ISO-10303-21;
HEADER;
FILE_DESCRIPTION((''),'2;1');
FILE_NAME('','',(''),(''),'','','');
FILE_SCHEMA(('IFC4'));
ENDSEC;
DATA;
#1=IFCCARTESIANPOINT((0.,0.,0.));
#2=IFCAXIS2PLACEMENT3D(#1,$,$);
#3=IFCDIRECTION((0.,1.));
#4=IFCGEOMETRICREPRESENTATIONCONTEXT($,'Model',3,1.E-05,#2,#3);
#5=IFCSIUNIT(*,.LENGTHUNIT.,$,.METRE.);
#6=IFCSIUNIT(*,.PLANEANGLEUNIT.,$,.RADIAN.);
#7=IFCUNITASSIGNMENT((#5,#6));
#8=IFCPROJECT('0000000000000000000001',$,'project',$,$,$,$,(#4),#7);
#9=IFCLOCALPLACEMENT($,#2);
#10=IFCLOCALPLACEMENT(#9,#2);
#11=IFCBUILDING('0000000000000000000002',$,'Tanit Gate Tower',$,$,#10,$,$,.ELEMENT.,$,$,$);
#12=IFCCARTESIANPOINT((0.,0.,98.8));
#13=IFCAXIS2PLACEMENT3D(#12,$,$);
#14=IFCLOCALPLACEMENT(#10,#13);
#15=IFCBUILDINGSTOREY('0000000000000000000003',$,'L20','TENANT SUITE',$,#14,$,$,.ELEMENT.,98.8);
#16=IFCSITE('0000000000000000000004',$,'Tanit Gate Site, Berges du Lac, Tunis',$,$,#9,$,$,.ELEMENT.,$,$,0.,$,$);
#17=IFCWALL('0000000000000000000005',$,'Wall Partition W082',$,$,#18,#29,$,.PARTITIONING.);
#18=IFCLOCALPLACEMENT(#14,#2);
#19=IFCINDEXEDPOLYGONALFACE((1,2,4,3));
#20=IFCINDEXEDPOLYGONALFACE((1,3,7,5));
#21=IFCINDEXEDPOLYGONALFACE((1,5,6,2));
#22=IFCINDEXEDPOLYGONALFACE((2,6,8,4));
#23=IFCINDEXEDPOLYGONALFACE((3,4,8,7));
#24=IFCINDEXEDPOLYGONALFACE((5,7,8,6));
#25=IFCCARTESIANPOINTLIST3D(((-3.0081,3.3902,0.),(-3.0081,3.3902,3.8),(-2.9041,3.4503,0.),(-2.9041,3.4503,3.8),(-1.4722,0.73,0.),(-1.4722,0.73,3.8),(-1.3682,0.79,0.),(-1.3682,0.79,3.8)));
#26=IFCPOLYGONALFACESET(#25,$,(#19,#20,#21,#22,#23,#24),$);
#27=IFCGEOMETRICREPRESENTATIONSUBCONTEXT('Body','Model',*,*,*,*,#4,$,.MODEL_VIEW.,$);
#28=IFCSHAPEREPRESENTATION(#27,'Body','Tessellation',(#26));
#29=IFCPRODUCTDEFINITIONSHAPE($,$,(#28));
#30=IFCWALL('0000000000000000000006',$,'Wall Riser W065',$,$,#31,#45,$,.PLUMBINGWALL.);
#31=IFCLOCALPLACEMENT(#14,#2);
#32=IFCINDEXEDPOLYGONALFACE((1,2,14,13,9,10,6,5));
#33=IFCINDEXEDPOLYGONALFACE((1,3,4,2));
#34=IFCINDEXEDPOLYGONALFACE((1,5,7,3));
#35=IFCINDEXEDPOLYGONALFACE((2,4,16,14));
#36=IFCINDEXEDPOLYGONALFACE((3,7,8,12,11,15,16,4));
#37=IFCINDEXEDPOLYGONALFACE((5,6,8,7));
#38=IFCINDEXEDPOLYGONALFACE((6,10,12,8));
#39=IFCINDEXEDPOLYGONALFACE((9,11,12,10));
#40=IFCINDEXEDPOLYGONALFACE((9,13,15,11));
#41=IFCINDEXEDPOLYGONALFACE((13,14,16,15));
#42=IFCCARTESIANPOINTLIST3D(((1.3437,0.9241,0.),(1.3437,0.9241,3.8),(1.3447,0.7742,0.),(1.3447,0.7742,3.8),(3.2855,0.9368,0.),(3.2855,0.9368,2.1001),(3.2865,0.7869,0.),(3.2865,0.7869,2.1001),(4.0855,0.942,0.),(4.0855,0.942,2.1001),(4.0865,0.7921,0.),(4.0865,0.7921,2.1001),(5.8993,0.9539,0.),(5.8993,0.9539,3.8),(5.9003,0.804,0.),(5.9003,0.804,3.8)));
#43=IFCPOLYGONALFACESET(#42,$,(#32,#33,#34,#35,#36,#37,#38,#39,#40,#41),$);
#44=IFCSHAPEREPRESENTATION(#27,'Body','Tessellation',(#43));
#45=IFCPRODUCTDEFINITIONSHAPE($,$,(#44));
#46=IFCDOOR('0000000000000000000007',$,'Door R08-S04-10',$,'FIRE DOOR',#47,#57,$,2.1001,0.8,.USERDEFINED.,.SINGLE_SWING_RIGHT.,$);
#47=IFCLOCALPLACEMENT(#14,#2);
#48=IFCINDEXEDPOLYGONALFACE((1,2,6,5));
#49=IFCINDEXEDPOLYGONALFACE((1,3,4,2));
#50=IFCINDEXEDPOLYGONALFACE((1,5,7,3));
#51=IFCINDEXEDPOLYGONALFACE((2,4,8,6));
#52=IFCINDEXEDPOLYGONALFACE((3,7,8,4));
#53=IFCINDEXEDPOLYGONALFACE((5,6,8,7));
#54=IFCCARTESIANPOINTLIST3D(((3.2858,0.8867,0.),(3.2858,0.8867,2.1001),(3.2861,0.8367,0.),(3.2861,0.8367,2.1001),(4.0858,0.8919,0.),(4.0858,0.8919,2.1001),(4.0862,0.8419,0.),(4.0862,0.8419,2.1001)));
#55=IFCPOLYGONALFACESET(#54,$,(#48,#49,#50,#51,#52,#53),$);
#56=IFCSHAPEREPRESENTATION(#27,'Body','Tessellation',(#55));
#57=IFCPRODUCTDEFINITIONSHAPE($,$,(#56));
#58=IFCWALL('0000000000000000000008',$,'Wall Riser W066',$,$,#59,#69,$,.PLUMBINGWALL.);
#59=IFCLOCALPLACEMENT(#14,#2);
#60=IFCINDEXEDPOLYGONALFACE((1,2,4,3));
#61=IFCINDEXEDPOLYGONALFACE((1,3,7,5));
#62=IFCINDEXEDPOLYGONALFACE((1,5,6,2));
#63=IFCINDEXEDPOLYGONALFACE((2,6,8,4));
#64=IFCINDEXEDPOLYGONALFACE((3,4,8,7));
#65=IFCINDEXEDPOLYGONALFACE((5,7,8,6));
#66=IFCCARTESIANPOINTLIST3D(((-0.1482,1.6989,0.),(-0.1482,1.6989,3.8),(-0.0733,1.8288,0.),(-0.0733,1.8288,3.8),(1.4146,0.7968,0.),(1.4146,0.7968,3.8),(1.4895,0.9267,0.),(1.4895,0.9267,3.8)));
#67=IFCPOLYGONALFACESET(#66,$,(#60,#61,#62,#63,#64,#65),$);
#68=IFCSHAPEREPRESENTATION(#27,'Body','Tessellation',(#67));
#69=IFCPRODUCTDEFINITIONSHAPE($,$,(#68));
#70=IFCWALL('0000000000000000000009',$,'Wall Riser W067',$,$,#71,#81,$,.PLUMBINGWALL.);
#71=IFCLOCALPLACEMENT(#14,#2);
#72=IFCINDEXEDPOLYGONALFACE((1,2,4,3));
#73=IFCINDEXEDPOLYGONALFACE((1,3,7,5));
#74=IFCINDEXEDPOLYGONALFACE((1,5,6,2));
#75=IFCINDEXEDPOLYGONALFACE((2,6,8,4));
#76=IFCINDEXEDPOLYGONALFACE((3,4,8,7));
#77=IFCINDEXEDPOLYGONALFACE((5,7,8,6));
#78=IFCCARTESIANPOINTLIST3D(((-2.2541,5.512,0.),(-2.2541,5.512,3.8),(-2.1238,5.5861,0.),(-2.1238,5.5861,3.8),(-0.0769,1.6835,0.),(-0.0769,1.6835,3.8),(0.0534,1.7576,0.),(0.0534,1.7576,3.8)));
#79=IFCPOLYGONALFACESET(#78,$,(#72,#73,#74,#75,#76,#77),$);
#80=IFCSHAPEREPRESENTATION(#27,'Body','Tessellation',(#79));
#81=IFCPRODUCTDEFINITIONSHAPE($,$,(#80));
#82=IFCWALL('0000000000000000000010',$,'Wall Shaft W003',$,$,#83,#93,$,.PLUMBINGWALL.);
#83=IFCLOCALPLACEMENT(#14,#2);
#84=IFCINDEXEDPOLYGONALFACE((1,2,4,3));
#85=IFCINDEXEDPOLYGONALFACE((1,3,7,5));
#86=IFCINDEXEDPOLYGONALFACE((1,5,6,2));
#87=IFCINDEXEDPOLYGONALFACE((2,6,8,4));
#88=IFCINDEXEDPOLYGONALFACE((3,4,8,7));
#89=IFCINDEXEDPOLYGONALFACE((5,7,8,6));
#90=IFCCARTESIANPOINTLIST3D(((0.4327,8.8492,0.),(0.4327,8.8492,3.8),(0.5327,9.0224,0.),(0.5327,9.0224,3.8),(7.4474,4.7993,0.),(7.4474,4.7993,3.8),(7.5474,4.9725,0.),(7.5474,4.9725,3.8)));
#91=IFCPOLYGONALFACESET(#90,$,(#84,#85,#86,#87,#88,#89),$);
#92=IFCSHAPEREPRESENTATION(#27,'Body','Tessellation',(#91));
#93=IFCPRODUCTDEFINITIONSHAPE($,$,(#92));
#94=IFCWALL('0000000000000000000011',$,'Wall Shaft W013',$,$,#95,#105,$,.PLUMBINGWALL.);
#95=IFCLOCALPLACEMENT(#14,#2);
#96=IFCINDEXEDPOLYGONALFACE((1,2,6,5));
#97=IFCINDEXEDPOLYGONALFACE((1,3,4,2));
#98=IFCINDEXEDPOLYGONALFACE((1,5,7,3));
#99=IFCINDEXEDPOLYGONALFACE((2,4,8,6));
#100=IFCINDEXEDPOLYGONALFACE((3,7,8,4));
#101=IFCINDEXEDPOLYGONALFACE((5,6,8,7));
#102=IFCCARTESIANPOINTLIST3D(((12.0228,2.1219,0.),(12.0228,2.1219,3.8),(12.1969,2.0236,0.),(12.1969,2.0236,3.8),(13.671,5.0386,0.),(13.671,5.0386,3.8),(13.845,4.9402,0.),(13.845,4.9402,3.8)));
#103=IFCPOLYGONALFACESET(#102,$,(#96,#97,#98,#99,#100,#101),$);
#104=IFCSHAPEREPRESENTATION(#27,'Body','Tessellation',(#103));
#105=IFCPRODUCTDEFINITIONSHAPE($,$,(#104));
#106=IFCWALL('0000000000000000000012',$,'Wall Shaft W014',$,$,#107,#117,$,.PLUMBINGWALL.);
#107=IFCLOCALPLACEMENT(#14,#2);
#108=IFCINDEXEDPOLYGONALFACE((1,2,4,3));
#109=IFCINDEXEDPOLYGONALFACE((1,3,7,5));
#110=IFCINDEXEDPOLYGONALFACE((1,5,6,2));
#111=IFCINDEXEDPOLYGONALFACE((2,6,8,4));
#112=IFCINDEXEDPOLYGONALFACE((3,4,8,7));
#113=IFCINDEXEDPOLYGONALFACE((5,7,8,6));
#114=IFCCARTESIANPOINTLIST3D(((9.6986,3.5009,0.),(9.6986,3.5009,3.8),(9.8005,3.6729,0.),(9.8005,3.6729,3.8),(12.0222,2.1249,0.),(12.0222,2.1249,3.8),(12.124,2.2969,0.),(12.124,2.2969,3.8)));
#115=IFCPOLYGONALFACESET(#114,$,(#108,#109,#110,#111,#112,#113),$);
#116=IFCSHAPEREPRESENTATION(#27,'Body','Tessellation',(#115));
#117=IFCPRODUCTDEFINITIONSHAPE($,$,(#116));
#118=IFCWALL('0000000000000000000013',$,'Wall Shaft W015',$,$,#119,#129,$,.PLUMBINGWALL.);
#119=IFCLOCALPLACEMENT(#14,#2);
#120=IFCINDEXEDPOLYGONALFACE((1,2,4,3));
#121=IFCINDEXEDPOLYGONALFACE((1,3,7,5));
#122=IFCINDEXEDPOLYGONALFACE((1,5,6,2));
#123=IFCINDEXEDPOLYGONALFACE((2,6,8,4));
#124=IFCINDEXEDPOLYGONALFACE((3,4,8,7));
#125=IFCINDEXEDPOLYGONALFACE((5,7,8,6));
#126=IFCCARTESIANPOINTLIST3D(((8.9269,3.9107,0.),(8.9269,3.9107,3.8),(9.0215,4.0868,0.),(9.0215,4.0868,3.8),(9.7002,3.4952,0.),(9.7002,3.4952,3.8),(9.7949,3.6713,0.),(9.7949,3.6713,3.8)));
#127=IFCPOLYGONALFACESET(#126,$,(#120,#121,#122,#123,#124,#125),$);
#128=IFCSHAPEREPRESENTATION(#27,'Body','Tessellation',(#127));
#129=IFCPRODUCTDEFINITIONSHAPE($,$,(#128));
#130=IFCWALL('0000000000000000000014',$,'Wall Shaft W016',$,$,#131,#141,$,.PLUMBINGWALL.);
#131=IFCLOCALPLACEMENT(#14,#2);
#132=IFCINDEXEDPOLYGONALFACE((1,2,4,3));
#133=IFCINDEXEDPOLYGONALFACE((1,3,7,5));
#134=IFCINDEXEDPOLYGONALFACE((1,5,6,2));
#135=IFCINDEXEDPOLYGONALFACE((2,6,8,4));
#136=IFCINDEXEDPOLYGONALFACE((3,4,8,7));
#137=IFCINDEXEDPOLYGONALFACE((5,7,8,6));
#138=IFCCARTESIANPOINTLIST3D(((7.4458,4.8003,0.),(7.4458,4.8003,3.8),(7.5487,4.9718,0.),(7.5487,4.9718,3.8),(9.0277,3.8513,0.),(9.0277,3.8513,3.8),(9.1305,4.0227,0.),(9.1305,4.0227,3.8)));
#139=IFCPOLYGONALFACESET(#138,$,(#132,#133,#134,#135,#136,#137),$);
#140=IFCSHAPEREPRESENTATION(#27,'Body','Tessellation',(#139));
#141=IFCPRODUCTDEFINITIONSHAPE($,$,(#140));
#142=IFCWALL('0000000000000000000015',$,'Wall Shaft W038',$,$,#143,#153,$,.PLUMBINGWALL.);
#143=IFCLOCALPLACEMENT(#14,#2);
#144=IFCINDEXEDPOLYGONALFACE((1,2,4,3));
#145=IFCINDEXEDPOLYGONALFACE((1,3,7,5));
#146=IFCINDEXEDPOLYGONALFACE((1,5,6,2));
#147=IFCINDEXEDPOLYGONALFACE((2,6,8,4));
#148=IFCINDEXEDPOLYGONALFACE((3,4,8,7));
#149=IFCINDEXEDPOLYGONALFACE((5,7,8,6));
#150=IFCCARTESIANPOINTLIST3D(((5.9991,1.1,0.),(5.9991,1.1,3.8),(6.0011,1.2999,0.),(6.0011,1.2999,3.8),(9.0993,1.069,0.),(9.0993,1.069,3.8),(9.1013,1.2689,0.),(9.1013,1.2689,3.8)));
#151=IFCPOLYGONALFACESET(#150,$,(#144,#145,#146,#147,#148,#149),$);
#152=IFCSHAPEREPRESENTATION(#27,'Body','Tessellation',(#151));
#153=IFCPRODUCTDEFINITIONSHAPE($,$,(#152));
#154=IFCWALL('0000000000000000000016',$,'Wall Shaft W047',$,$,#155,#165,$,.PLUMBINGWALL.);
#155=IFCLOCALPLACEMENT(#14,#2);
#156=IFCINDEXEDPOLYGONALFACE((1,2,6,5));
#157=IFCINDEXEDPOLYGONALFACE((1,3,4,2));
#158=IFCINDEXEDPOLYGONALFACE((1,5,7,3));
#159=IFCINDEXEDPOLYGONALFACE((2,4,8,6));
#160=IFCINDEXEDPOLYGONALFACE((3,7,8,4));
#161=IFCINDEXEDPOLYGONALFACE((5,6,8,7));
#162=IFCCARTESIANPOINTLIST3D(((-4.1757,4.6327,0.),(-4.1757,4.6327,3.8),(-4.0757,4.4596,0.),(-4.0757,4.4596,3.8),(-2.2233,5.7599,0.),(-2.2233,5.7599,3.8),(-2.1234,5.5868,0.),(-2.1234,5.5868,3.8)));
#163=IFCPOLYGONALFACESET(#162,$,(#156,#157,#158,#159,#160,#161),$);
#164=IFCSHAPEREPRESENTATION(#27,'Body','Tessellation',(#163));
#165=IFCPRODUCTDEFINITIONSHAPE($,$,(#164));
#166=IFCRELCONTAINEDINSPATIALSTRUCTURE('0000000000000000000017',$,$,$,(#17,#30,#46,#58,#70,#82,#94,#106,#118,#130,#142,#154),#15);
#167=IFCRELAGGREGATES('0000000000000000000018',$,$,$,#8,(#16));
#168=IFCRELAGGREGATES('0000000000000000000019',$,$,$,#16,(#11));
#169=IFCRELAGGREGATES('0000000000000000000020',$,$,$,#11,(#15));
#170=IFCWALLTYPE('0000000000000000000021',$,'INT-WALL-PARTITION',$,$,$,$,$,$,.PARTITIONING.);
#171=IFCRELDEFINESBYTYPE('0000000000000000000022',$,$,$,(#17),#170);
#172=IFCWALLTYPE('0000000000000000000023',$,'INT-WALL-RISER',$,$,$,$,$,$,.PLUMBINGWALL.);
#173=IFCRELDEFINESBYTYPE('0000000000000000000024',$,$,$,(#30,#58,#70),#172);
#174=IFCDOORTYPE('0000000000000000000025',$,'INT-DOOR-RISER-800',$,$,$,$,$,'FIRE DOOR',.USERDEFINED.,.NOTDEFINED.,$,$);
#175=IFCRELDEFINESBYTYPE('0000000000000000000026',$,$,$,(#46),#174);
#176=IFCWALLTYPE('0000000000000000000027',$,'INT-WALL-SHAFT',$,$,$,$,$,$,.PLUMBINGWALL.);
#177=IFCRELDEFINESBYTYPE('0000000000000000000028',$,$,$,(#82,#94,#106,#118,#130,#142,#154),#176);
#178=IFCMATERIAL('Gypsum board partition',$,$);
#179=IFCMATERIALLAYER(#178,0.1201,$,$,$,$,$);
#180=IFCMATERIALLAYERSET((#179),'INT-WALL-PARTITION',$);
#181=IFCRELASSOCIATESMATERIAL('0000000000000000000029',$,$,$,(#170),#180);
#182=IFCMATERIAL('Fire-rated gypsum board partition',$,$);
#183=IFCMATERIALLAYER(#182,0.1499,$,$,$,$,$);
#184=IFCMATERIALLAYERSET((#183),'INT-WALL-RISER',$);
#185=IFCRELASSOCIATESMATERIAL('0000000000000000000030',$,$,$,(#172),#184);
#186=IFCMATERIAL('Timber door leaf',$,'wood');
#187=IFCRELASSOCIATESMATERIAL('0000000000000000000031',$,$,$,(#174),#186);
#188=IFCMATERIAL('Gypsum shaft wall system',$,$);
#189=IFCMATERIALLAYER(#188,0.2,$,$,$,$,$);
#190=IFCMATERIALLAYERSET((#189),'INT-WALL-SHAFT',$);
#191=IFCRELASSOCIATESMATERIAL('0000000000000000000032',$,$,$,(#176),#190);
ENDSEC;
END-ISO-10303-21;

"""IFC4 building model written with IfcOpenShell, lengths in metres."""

from ifc_helpers import new_model, si_unit, direction, frame, frame_2d, origin, place, context, subcontext, project, spatial, rectangle, extrude, material, layer, layer_set, type_object, element, fill, save


model = new_model("IFC4")

# Units and contexts
model_context = context("Model", 3, precision=1e-05, world=origin(), true_north=direction((0.0, 1.0)))
body_context = subcontext(model_context, "Body", "Model", "MODEL_VIEW")
ifc_project = project(units=[si_unit("LENGTHUNIT", "METRE"), si_unit("PLANEANGLEUNIT", "RADIAN")], contexts=[model_context])

# Site, building, storey
site_placement = place(None, origin())
site = spatial("IfcSite", under=ifc_project, at=site_placement, Name="Tanit Gate Site, Berges du Lac, Tunis", CompositionType="ELEMENT", RefElevation=0.0)
building_placement = place(site_placement, origin())
building = spatial("IfcBuilding", under=site, at=building_placement, Name="Tanit Gate Tower", CompositionType="ELEMENT")
storey_placement = place(building_placement, frame((0.0, 0.0, 98.8)))
storey = spatial("IfcBuildingStorey", under=building, at=storey_placement, Name="L20", Description="TENANT SUITE", CompositionType="ELEMENT", Elevation=98.8)

# Wall
ifc_material_1 = material(Name="Gypsum board partition")
ifc_layer_1 = layer(ifc_material_1, 0.1201)
ifc_layer_set_1 = layer_set([ifc_layer_1], Name="INT-WALL-PARTITION")
wall_type_1 = type_object("IfcWallType", Name="INT-WALL-PARTITION", PredefinedType="PARTITIONING", material=ifc_layer_set_1)
wall_1_placement = place(storey_placement, frame((-1.4202, 0.76, 0.0), z_axis=(0.0, 0.0, 1.0), x_axis=(-0.500011, 0.866019, 0.0)))
element("IfcWall", 1, at=wall_1_placement, inside=storey, type_object=wall_type_1, Name="Wall Partition W082", PredefinedType="PARTITIONING", context=body_context, shape_type="SweptSolid", body=[
    extrude(rectangle(XDim=3.0718, YDim=0.1201, at=frame_2d((1.5359, 0.0))), origin(), (0.0, 0.0, 1.0), 3.8),
])

# Wall, opening, door
ifc_material_2 = material(Name="Fire-rated gypsum board partition")
ifc_layer_2 = layer(ifc_material_2, 0.1499)
ifc_layer_set_2 = layer_set([ifc_layer_2], Name="INT-WALL-RISER")
wall_type_2 = type_object("IfcWallType", Name="INT-WALL-RISER", PredefinedType="PLUMBINGWALL", material=ifc_layer_set_2)
wall_2_placement = place(storey_placement, frame((1.3442, 0.8491, 0.0), z_axis=(0.0, 0.0, 1.0), x_axis=(0.999979, 0.006538, 0.0)))
wall_2 = element("IfcWall", 2, at=wall_2_placement, inside=storey, type_object=wall_type_2, Name="Wall Riser W065", PredefinedType="PLUMBINGWALL", context=body_context, shape_type="SweptSolid", body=[
    extrude(rectangle(XDim=4.5557, YDim=0.1499, at=frame_2d((2.2778, 0.0))), origin(), (0.0, 0.0, 1.0), 3.8),
])
opening_1_placement = place(wall_2_placement, frame((1.9419, 0.0, 0.0)))
opening_1 = element("IfcOpeningElement", 3, at=opening_1_placement, cuts=wall_2, PredefinedType="OPENING", context=body_context, shape_type="SweptSolid", body=[
    extrude(rectangle(XDim=0.8, YDim=2.1001, at=frame_2d((0.3999, 1.05))), frame((0.0, 0.085, 0.0), z_axis=(0.0, -1.0, 0.0), x_axis=(1.0, 0.0, 0.0)), (0.0, 0.0, 1.0), 0.1699),
])
ifc_material_3 = material(Name="Timber door leaf", Category="wood")
door_type_1 = type_object("IfcDoorType", Name="INT-DOOR-RISER-800", ElementType="FIRE DOOR", OperationType="NOTDEFINED", PredefinedType="USERDEFINED", material=ifc_material_3)
door_1_placement = place(opening_1_placement, origin())
door_1 = element("IfcDoor", 4, at=door_1_placement, inside=storey, type_object=door_type_1, Name="Door R08-S04-10", ObjectType="FIRE DOOR", OperationType="SINGLE_SWING_RIGHT", OverallHeight=2.1001, OverallWidth=0.8, PredefinedType="USERDEFINED", context=body_context, shape_type="SweptSolid", body=[
    extrude(rectangle(XDim=0.8, YDim=2.1001, at=frame_2d((0.3999, 1.05))), frame((0.0, 0.0249, 0.0), z_axis=(0.0, -1.0, 0.0), x_axis=(1.0, 0.0, 0.0)), (0.0, 0.0, 1.0), 0.05),
])
fill(opening_1, door_1)

# Walls
wall_3_placement = place(storey_placement, frame((-0.1108, 1.7639, 0.0), z_axis=(0.0, 0.0, 1.0), x_axis=(0.866062, -0.499937, 0.0)))
element("IfcWall", 5, at=wall_3_placement, inside=storey, type_object=wall_type_2, Name="Wall Riser W066", PredefinedType="PLUMBINGWALL", context=body_context, shape_type="SweptSolid", body=[
    extrude(rectangle(XDim=1.8044, YDim=0.1499, at=frame_2d((0.9023, 0.0))), origin(), (0.0, 0.0, 1.0), 3.8),
])
wall_4_placement = place(storey_placement, frame((-2.189, 5.5491, 0.0), z_axis=(0.0, 0.0, 1.0), x_axis=(0.494335, -0.869271, 0.0)))
element("IfcWall", 6, at=wall_4_placement, inside=storey, type_object=wall_type_2, Name="Wall Riser W067", PredefinedType="PLUMBINGWALL", context=body_context, shape_type="SweptSolid", body=[
    extrude(rectangle(XDim=4.4043, YDim=0.1499, at=frame_2d((2.2021, 0.0))), origin(), (0.0, 0.0, 1.0), 3.8),
])
ifc_material_4 = material(Name="Gypsum shaft wall system")
ifc_layer_3 = layer(ifc_material_4, 0.2)
ifc_layer_set_3 = layer_set([ifc_layer_3], Name="INT-WALL-SHAFT")
wall_type_3 = type_object("IfcWallType", Name="INT-WALL-SHAFT", PredefinedType="PLUMBINGWALL", material=ifc_layer_set_3)
wall_5_placement = place(storey_placement, frame((7.4973, 4.886, 0.0), z_axis=(0.0, 0.0, 1.0), x_axis=(-0.866031, 0.49999, 0.0)))
element("IfcWall", 7, at=wall_5_placement, inside=storey, type_object=wall_type_3, Name="Wall Shaft W003", PredefinedType="PLUMBINGWALL", context=body_context, shape_type="SweptSolid", body=[
    extrude(rectangle(XDim=8.0999, YDim=0.2, at=frame_2d((4.0498, 0.0))), origin(), (0.0, 0.0, 1.0), 3.8),
])
wall_6_placement = place(storey_placement, frame((12.1099, 2.0728, 0.0), z_axis=(0.0, 0.0, 1.0), x_axis=(0.491966, 0.870614, 0.0)))
element("IfcWall", 8, at=wall_6_placement, inside=storey, type_object=wall_type_3, Name="Wall Shaft W013", PredefinedType="PLUMBINGWALL", context=body_context, shape_type="SweptSolid", body=[
    extrude(rectangle(XDim=3.3501, YDim=0.2, at=frame_2d((1.675, 0.0))), origin(), (0.0, 0.0, 1.0), 3.8),
])
wall_7_placement = place(storey_placement, frame((12.073, 2.2109, 0.0), z_axis=(0.0, 0.0, 1.0), x_axis=(-0.860438, 0.509555, 0.0)))
element("IfcWall", 9, at=wall_7_placement, inside=storey, type_object=wall_type_3, Name="Wall Shaft W014", PredefinedType="PLUMBINGWALL", context=body_context, shape_type="SweptSolid", body=[
    extrude(rectangle(XDim=2.7004, YDim=0.2, at=frame_2d((1.3501, 0.0))), origin(), (0.0, 0.0, 1.0), 3.8),
])
wall_8_placement = place(storey_placement, frame((9.7476, 3.5833, 0.0), z_axis=(0.0, 0.0, 1.0), x_axis=(-0.880917, 0.473271, 0.0)))
element("IfcWall", 10, at=wall_8_placement, inside=storey, type_object=wall_type_3, Name="Wall Shaft W015", PredefinedType="PLUMBINGWALL", context=body_context, shape_type="SweptSolid", body=[
    extrude(rectangle(XDim=0.8779, YDim=0.2, at=frame_2d((0.439, 0.0))), origin(), (0.0, 0.0, 1.0), 3.8),
])
wall_9_placement = place(storey_placement, frame((9.0791, 3.937, 0.0), z_axis=(0.0, 0.0, 1.0), x_axis=(-0.857516, 0.514457, 0.0)))
element("IfcWall", 11, at=wall_9_placement, inside=storey, type_object=wall_type_3, Name="Wall Shaft W016", PredefinedType="PLUMBINGWALL", context=body_context, shape_type="SweptSolid", body=[
    extrude(rectangle(XDim=1.8447, YDim=0.2, at=frame_2d((0.9224, 0.0))), origin(), (0.0, 0.0, 1.0), 3.8),
])

# Walls
wall_10_placement = place(storey_placement, frame((6.0, 1.2, 0.0), z_axis=(0.0, 0.0, 1.0), x_axis=(0.99995, -0.010001, 0.0)))
element("IfcWall", 12, at=wall_10_placement, inside=storey, type_object=wall_type_3, Name="Wall Shaft W038", PredefinedType="PLUMBINGWALL", context=body_context, shape_type="SweptSolid", body=[
    extrude(rectangle(XDim=3.1003, YDim=0.2, at=frame_2d((1.5503, 0.0))), origin(), (0.0, 0.0, 1.0), 3.8),
])
wall_11_placement = place(storey_placement, frame((-2.1733, 5.6733, 0.0), z_axis=(0.0, 0.0, 1.0), x_axis=(-0.866029, -0.499994, 0.0)))
element("IfcWall", 13, at=wall_11_placement, inside=storey, type_object=wall_type_3, Name="Wall Shaft W047", PredefinedType="PLUMBINGWALL", context=body_context, shape_type="SweptSolid", body=[
    extrude(rectangle(XDim=2.2544, YDim=0.2, at=frame_2d((1.1272, 0.0))), origin(), (0.0, 0.0, 1.0), 3.8),
])

save(model, "model.ifc")
